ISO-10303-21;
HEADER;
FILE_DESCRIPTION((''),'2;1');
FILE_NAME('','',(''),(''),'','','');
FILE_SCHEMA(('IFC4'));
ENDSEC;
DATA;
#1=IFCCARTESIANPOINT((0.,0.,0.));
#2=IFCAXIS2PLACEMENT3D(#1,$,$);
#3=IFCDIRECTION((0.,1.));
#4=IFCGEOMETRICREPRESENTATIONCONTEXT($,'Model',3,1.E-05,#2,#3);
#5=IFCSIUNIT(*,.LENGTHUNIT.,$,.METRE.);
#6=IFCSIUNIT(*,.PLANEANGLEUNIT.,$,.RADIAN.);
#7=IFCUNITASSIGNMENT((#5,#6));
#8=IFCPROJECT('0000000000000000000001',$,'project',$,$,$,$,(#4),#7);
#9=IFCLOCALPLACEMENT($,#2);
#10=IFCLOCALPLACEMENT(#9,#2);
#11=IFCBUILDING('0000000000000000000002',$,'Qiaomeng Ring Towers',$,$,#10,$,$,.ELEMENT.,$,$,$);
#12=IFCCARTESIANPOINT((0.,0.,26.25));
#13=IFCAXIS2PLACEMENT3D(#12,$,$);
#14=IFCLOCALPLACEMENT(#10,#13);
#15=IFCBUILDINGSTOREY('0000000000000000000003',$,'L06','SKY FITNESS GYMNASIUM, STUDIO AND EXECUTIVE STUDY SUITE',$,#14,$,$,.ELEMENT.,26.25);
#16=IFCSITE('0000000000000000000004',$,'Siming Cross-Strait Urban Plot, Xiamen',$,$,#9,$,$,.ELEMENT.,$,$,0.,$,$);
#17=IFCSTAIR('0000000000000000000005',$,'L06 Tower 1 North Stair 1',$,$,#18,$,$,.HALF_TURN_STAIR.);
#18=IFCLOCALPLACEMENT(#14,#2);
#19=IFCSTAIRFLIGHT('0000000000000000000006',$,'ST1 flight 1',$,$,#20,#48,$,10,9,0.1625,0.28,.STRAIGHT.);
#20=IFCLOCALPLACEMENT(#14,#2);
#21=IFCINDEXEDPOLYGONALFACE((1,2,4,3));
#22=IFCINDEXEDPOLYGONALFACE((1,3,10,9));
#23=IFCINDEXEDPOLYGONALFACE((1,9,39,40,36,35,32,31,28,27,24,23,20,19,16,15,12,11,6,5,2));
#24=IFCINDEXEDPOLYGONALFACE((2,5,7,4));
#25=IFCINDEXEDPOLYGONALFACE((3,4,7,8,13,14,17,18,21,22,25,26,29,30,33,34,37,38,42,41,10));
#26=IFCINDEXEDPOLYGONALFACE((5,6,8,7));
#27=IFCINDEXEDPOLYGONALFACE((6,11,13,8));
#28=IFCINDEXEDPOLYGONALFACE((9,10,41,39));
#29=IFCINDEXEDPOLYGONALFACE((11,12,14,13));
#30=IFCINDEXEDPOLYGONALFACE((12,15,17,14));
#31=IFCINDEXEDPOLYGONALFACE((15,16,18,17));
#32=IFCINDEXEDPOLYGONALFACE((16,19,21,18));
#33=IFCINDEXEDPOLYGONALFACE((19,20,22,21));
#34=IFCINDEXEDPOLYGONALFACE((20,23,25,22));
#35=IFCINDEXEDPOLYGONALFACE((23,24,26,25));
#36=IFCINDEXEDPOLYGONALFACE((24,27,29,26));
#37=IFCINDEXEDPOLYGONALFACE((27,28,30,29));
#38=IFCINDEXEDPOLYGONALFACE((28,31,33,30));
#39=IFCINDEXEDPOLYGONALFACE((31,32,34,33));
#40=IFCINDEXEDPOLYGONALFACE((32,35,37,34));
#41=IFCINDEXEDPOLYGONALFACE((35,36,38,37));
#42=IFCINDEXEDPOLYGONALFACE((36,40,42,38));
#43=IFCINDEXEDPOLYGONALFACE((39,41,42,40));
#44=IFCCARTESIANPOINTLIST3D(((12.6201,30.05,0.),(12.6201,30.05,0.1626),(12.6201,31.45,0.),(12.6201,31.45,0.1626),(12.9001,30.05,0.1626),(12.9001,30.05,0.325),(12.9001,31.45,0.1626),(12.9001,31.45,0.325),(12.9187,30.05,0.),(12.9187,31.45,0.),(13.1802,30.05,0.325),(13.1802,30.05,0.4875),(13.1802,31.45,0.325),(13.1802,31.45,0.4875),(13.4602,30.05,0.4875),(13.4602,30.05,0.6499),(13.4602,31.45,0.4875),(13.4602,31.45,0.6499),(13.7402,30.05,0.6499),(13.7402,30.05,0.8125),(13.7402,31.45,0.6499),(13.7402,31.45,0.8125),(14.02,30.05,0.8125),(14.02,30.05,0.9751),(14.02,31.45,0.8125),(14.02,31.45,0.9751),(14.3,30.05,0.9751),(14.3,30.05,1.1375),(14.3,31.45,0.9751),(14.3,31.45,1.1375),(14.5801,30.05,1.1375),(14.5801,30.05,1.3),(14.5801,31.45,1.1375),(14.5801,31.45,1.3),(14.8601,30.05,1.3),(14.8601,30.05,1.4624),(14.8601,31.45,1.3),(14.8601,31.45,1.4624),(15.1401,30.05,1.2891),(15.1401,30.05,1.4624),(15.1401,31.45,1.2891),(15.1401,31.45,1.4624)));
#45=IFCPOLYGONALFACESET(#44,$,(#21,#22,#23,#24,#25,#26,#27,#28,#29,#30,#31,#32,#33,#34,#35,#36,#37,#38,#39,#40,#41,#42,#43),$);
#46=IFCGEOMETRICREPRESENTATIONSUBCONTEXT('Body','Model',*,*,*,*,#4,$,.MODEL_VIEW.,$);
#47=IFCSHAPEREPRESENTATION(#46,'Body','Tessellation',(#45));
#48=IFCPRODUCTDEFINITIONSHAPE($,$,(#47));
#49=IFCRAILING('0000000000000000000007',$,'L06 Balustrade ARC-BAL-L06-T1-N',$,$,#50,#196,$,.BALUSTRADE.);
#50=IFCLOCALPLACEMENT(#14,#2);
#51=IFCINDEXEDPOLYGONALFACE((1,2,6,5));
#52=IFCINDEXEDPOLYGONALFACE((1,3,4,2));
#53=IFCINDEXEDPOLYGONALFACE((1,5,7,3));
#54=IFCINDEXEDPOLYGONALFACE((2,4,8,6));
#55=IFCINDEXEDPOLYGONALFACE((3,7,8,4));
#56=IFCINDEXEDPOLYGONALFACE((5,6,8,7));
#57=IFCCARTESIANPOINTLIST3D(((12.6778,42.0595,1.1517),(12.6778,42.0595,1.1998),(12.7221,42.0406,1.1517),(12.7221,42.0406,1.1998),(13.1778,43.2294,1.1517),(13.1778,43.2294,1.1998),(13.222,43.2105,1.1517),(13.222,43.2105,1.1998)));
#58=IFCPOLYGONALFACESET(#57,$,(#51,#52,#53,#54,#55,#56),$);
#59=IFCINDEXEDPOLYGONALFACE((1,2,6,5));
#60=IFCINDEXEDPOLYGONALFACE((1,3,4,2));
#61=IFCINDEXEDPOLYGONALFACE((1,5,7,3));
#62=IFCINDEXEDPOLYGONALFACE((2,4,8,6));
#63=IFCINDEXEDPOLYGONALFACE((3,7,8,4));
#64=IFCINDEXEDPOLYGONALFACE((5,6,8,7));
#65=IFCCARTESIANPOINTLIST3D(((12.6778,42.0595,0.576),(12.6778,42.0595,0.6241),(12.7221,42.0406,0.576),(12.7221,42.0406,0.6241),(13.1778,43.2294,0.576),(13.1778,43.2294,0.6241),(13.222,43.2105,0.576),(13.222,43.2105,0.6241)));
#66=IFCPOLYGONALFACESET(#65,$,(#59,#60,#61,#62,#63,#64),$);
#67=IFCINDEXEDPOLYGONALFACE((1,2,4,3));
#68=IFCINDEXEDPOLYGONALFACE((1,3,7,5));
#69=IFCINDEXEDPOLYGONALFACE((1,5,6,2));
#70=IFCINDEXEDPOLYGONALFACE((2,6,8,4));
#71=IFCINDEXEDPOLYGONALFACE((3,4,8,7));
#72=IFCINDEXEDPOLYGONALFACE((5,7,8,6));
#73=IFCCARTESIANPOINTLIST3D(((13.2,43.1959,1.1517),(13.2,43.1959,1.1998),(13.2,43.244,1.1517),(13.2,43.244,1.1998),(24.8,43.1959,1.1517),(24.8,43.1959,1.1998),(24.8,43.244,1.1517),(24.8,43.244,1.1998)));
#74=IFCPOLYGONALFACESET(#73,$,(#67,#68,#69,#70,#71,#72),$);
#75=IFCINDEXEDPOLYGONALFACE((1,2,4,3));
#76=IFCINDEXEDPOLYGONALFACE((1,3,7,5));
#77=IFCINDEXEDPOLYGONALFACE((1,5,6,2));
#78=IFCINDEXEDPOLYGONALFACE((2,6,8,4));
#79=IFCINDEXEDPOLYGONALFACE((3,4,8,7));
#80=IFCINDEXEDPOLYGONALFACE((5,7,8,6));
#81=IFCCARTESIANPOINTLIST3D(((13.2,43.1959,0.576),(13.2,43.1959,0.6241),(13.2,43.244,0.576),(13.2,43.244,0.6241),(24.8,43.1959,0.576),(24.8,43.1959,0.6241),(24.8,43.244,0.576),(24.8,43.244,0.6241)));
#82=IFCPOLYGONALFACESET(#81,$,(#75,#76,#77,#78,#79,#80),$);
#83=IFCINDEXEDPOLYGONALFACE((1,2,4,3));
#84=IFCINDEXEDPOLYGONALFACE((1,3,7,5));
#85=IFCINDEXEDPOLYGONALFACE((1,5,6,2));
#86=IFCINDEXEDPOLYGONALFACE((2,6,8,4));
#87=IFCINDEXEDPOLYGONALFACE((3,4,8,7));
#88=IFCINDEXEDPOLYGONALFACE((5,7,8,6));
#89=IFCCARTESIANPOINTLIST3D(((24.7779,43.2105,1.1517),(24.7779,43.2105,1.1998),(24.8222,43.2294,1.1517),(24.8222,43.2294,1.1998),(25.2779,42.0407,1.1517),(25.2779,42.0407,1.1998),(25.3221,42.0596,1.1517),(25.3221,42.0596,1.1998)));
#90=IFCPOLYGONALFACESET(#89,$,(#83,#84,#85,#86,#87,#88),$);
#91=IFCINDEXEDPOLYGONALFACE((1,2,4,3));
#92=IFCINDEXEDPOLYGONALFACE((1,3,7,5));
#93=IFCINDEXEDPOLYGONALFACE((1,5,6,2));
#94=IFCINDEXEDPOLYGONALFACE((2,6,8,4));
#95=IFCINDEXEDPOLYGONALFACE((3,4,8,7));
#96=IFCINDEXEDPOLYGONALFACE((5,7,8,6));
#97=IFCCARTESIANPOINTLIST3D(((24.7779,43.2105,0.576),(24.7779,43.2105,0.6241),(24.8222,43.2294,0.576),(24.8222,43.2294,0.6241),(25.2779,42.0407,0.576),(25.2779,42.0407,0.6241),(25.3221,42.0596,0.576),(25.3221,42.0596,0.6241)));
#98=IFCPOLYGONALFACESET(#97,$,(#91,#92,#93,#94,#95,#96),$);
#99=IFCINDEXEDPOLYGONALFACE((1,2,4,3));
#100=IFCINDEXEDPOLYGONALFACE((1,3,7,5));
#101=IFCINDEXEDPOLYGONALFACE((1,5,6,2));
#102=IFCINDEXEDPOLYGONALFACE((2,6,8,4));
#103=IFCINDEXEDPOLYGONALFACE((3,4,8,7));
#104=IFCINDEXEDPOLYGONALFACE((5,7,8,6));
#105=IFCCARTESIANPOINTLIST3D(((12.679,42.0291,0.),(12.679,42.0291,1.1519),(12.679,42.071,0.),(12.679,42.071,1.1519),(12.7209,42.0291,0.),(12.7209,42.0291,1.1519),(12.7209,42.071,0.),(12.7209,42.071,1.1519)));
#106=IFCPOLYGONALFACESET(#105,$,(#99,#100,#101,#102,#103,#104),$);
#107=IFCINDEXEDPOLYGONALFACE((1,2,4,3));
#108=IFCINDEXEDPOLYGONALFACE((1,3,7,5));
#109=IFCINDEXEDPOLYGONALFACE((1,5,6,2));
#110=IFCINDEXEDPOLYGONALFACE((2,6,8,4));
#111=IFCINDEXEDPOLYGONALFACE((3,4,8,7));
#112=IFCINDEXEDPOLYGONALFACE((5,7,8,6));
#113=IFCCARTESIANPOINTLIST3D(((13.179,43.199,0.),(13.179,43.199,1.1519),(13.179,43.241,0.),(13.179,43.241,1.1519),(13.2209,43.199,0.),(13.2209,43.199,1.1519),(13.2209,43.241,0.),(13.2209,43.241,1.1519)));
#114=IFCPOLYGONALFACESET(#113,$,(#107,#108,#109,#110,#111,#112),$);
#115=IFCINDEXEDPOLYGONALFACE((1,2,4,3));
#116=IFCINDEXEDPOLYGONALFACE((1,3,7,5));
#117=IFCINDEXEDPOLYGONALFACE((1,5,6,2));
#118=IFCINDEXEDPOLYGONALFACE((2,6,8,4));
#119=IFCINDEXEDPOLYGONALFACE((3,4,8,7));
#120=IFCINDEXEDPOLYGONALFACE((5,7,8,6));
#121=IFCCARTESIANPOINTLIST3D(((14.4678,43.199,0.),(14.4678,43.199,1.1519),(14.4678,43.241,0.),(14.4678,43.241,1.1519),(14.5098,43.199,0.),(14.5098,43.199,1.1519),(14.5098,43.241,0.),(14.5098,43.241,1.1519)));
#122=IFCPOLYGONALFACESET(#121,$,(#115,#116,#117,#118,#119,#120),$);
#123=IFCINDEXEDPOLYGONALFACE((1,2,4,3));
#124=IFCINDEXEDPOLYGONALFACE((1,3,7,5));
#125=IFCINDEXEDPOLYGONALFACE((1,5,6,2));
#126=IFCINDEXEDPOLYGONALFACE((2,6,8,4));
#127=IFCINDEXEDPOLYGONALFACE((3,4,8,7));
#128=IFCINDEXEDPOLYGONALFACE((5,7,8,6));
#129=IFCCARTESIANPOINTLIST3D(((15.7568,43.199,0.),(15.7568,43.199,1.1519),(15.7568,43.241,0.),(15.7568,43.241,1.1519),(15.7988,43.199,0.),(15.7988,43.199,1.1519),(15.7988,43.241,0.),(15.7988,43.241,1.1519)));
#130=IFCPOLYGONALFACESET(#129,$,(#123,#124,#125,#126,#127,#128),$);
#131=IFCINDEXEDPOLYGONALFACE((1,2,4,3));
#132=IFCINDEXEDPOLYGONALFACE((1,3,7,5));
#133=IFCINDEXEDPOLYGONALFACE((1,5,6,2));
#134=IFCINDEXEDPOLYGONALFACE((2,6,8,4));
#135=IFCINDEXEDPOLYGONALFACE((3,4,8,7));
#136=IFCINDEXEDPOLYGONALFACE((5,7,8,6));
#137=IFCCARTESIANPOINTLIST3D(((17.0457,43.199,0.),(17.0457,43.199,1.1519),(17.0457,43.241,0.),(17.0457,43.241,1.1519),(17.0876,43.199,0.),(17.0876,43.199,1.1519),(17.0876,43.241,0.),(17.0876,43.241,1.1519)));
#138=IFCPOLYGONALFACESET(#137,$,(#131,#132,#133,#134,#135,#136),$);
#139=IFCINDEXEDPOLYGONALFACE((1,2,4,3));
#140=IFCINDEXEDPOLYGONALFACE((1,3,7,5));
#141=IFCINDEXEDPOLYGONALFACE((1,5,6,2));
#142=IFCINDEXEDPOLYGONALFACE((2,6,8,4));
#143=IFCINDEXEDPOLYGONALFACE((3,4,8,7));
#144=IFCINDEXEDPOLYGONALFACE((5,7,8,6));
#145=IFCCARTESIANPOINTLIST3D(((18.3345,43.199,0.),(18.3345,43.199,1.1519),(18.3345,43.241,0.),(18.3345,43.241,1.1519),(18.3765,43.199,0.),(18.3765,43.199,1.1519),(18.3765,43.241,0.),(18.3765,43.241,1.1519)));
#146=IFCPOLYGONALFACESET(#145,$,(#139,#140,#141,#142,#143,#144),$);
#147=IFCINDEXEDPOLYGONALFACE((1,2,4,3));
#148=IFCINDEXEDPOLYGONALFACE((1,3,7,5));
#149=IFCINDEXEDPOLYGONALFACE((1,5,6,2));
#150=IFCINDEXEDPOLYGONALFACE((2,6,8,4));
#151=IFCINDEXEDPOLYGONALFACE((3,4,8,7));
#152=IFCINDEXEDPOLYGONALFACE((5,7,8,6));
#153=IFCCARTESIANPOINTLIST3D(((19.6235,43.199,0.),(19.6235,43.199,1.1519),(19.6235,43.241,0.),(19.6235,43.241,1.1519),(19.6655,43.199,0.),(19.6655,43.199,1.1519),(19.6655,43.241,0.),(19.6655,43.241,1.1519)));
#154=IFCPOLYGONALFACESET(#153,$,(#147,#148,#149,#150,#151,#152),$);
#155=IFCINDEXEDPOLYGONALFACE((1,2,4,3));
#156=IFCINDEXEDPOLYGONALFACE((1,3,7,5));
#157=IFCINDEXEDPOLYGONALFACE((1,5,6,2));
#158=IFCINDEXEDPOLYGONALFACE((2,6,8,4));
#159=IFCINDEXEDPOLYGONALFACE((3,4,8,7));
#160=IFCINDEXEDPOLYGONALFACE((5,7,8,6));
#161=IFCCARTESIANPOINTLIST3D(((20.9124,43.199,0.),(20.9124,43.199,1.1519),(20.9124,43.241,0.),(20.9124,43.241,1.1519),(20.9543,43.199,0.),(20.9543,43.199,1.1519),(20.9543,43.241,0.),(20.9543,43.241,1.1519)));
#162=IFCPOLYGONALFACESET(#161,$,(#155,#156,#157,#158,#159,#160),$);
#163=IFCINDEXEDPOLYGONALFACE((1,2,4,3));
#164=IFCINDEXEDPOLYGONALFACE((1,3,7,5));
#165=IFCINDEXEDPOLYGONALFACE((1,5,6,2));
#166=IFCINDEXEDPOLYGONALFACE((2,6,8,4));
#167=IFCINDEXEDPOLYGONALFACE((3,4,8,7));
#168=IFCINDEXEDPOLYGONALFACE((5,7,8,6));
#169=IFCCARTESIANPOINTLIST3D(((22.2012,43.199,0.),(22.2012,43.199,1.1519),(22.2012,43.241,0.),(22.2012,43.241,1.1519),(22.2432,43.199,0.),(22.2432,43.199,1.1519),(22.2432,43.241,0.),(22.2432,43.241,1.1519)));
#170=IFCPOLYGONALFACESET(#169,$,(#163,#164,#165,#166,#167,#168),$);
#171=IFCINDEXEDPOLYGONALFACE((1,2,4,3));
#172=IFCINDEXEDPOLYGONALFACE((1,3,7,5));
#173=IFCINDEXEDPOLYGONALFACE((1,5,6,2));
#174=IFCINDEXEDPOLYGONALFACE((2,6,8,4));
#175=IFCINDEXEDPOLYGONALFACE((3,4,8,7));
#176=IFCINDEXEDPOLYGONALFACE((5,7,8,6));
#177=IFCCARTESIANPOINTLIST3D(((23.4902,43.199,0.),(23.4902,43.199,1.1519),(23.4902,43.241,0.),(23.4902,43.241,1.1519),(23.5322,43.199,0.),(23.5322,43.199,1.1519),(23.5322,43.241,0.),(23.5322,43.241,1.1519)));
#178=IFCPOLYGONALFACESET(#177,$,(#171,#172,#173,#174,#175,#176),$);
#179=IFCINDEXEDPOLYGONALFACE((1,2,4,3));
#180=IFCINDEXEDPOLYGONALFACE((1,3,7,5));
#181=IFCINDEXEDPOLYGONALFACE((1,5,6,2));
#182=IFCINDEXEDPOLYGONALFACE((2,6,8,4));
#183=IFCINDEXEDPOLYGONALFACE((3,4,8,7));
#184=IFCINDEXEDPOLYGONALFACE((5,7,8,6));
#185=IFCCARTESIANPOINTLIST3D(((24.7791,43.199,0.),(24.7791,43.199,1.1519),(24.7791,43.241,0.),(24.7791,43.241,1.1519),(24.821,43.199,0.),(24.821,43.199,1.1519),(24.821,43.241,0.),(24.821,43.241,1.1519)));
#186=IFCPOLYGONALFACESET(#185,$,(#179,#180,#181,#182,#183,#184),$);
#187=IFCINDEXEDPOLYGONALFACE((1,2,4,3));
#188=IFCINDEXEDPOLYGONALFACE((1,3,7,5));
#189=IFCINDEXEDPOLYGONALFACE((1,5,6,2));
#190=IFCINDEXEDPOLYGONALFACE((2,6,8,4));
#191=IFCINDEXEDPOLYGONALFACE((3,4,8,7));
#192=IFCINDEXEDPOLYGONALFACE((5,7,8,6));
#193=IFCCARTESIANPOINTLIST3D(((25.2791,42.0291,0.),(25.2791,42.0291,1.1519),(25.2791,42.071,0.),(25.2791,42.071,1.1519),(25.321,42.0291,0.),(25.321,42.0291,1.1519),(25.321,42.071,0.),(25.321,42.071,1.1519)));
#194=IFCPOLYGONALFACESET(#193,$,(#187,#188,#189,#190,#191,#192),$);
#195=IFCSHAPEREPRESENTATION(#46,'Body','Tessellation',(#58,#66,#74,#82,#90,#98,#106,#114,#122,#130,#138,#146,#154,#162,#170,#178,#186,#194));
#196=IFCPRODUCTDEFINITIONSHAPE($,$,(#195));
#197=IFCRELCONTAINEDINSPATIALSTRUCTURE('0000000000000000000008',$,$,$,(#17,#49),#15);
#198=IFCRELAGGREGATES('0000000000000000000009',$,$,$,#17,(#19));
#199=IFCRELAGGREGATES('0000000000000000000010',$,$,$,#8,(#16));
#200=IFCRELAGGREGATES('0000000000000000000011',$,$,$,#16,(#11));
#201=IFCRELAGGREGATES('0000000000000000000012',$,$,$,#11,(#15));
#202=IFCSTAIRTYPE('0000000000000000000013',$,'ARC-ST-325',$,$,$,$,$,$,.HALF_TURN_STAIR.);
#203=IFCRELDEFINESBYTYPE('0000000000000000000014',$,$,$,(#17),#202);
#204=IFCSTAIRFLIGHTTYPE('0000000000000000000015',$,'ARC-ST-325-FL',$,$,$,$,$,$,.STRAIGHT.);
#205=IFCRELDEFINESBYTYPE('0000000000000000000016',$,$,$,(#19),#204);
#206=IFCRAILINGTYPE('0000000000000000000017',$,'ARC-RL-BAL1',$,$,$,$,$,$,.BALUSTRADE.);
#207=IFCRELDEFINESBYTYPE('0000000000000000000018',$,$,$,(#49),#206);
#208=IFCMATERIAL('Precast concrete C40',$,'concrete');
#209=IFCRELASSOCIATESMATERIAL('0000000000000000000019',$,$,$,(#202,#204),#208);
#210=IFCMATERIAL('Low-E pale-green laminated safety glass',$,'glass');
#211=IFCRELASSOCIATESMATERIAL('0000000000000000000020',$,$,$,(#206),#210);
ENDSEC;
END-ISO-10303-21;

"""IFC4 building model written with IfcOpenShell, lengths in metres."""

from ifc_helpers import new_model, si_unit, direction, frame, origin, origin_2d, place, context, subcontext, project, spatial, polyline, rectangle, outline, extrude, source, transform, mapped, material, type_object, element, aggregate, save


model = new_model("IFC4")

# Units and contexts
model_context = context("Model", 3, precision=1e-05, world=origin(), true_north=direction((0.0, 1.0)))
body_context = subcontext(model_context, "Body", "Model", "MODEL_VIEW")
ifc_project = project(units=[si_unit("LENGTHUNIT", "METRE"), si_unit("PLANEANGLEUNIT", "RADIAN")], contexts=[model_context])

# Site, building, storey
site_placement = place(None, origin())
site = spatial("IfcSite", under=ifc_project, at=site_placement, Name="Siming Cross-Strait Urban Plot, Xiamen", CompositionType="ELEMENT", RefElevation=0.0)
building_placement = place(site_placement, origin())
building = spatial("IfcBuilding", under=site, at=building_placement, Name="Qiaomeng Ring Towers", CompositionType="ELEMENT")
storey_placement = place(building_placement, frame((0.0, 0.0, 26.25)))
storey = spatial("IfcBuildingStorey", under=building, at=storey_placement, Name="L06", Description="SKY FITNESS GYMNASIUM, STUDIO AND EXECUTIVE STUDY SUITE", CompositionType="ELEMENT", Elevation=26.25)

# Stair, stair flight
ifc_material_1 = material(Name="Precast concrete C40", Category="concrete")
stair_type = type_object("IfcStairType", Name="ARC-ST-325", PredefinedType="HALF_TURN_STAIR", material=ifc_material_1)
stair_placement = place(storey_placement, origin())
stair = element("IfcStair", 1, at=stair_placement, inside=storey, type_object=stair_type, Name="L06 Tower 1 North Stair 1", PredefinedType="HALF_TURN_STAIR")
stair_flight_type = type_object("IfcStairFlightType", Name="ARC-ST-325-FL", PredefinedType="STRAIGHT", material=ifc_material_1)
shared_shape_1 = source(origin(), body_context, "Body", "SweptSolid", [
    extrude(outline(polyline([(0.0, 0.0), (0.0, 0.1626), (0.28, 0.1626), (0.28, 0.325), (0.5601, 0.325), (0.5601, 0.4875), (0.8401, 0.4875), (0.8401, 0.6499), (1.1201, 0.6499), (1.1201, 0.8125), (1.3999, 0.8125), (1.3999, 0.9751), (1.6799, 0.9751), (1.6799, 1.1375), (1.96, 1.1375), (1.96, 1.3), (2.24, 1.3), (2.24, 1.4624), (2.52, 1.4624), (2.52, 1.625), (2.52, 1.2891), (0.2986, 0.0), (0.0, 0.0)])), frame((0.0, 0.7, 0.0), z_axis=(0.0, -1.0, 0.0), x_axis=(1.0, 0.0, 0.0)), (0.0, 0.0, 1.0), 1.3999),
])
stair_flight_placement = place(storey_placement, frame((12.6201, 30.75, 0.0), z_axis=(0.0, 0.0, 1.0), x_axis=(1.0, 0.0, 0.0)))
stair_flight = element("IfcStairFlight", 2, at=stair_flight_placement, type_object=stair_flight_type, Name="ST1 flight 1", NumberOfRisers=10, NumberOfTreads=9, PredefinedType="STRAIGHT", RiserHeight=0.1625, TreadLength=0.28, context=body_context, shape_type="MappedRepresentation", body=[
    mapped(shared_shape_1, transform((0.0, 0.0, 0.0), x_axis=(1.0, 0.0, 0.0), y_axis=(0.0, 1.0, 0.0), z_axis=(0.0, 0.0, 1.0), scale=1.0)),
])
aggregate(stair, [stair_flight])

# Railing
ifc_material_2 = material(Name="Low-E pale-green laminated safety glass", Category="glass")
railing_type_1 = type_object("IfcRailingType", Name="ARC-RL-BAL1", PredefinedType="BALUSTRADE", material=ifc_material_2)
railing_1_placement = place(storey_placement, frame((12.7, 42.05, 0.0)))
element("IfcRailing", 3, at=railing_1_placement, inside=storey, type_object=railing_type_1, Name="L06 Balustrade ARC-BAL-L06-T1-N", PredefinedType="BALUSTRADE", context=body_context, shape_type="SweptSolid", body=[
    extrude(rectangle(XDim=0.0481, YDim=0.0481, at=origin_2d()), frame((0.0, 0.0, 1.1758), z_axis=(0.392993, 0.919542, 0.0), x_axis=(-0.919542, 0.392993, 0.0)), (0.0, 0.0, 1.0), 1.2722),
    extrude(rectangle(XDim=0.0481, YDim=0.0481, at=origin_2d()), frame((0.0, 0.0, 0.6001), z_axis=(0.392993, 0.919542, 0.0), x_axis=(-0.919542, 0.392993, 0.0)), (0.0, 0.0, 1.0), 1.2722),
    extrude(rectangle(XDim=0.0481, YDim=0.0481, at=origin_2d()), frame((0.5, 1.1699, 1.1758), z_axis=(1.0, 0.0, 0.0), x_axis=(0.0, 1.0, 0.0)), (0.0, 0.0, 1.0), 11.6001),
    extrude(rectangle(XDim=0.0481, YDim=0.0481, at=origin_2d()), frame((0.5, 1.1699, 0.6001), z_axis=(1.0, 0.0, 0.0), x_axis=(0.0, 1.0, 0.0)), (0.0, 0.0, 1.0), 11.6001),
    extrude(rectangle(XDim=0.0481, YDim=0.0481, at=origin_2d()), frame((12.1001, 1.1699, 1.1758), z_axis=(0.392993, -0.919542, 0.0), x_axis=(0.919542, 0.392993, 0.0)), (0.0, 0.0, 1.0), 1.2722),
    extrude(rectangle(XDim=0.0481, YDim=0.0481, at=origin_2d()), frame((12.1001, 1.1699, 0.6001), z_axis=(0.392993, -0.919542, 0.0), x_axis=(0.919542, 0.392993, 0.0)), (0.0, 0.0, 1.0), 1.2722),
    extrude(rectangle(XDim=0.042, YDim=0.042, at=origin_2d()), origin(), (0.0, 0.0, 1.0), 1.1519),
    extrude(rectangle(XDim=0.042, YDim=0.042, at=origin_2d()), frame((0.5, 1.1699, 0.0)), (0.0, 0.0, 1.0), 1.1519),
    extrude(rectangle(XDim=0.042, YDim=0.042, at=origin_2d()), frame((1.7888, 1.1699, 0.0)), (0.0, 0.0, 1.0), 1.1519),
    extrude(rectangle(XDim=0.042, YDim=0.042, at=origin_2d()), frame((3.0779, 1.1699, 0.0)), (0.0, 0.0, 1.0), 1.1519),
    extrude(rectangle(XDim=0.042, YDim=0.042, at=origin_2d()), frame((4.3667, 1.1699, 0.0)), (0.0, 0.0, 1.0), 1.1519),
    extrude(rectangle(XDim=0.042, YDim=0.042, at=origin_2d()), frame((5.6555, 1.1699, 0.0)), (0.0, 0.0, 1.0), 1.1519),
    extrude(rectangle(XDim=0.042, YDim=0.042, at=origin_2d()), frame((6.9446, 1.1699, 0.0)), (0.0, 0.0, 1.0), 1.1519),
    extrude(rectangle(XDim=0.042, YDim=0.042, at=origin_2d()), frame((8.2334, 1.1699, 0.0)), (0.0, 0.0, 1.0), 1.1519),
    extrude(rectangle(XDim=0.042, YDim=0.042, at=origin_2d()), frame((9.5222, 1.1699, 0.0)), (0.0, 0.0, 1.0), 1.1519),
    extrude(rectangle(XDim=0.042, YDim=0.042, at=origin_2d()), frame((10.8113, 1.1699, 0.0)), (0.0, 0.0, 1.0), 1.1519),
    extrude(rectangle(XDim=0.042, YDim=0.042, at=origin_2d()), frame((12.1001, 1.1699, 0.0)), (0.0, 0.0, 1.0), 1.1519),
    extrude(rectangle(XDim=0.042, YDim=0.042, at=origin_2d()), frame((12.6001, 0.0, 0.0)), (0.0, 0.0, 1.0), 1.1519),
])

save(model, "model.ifc")
